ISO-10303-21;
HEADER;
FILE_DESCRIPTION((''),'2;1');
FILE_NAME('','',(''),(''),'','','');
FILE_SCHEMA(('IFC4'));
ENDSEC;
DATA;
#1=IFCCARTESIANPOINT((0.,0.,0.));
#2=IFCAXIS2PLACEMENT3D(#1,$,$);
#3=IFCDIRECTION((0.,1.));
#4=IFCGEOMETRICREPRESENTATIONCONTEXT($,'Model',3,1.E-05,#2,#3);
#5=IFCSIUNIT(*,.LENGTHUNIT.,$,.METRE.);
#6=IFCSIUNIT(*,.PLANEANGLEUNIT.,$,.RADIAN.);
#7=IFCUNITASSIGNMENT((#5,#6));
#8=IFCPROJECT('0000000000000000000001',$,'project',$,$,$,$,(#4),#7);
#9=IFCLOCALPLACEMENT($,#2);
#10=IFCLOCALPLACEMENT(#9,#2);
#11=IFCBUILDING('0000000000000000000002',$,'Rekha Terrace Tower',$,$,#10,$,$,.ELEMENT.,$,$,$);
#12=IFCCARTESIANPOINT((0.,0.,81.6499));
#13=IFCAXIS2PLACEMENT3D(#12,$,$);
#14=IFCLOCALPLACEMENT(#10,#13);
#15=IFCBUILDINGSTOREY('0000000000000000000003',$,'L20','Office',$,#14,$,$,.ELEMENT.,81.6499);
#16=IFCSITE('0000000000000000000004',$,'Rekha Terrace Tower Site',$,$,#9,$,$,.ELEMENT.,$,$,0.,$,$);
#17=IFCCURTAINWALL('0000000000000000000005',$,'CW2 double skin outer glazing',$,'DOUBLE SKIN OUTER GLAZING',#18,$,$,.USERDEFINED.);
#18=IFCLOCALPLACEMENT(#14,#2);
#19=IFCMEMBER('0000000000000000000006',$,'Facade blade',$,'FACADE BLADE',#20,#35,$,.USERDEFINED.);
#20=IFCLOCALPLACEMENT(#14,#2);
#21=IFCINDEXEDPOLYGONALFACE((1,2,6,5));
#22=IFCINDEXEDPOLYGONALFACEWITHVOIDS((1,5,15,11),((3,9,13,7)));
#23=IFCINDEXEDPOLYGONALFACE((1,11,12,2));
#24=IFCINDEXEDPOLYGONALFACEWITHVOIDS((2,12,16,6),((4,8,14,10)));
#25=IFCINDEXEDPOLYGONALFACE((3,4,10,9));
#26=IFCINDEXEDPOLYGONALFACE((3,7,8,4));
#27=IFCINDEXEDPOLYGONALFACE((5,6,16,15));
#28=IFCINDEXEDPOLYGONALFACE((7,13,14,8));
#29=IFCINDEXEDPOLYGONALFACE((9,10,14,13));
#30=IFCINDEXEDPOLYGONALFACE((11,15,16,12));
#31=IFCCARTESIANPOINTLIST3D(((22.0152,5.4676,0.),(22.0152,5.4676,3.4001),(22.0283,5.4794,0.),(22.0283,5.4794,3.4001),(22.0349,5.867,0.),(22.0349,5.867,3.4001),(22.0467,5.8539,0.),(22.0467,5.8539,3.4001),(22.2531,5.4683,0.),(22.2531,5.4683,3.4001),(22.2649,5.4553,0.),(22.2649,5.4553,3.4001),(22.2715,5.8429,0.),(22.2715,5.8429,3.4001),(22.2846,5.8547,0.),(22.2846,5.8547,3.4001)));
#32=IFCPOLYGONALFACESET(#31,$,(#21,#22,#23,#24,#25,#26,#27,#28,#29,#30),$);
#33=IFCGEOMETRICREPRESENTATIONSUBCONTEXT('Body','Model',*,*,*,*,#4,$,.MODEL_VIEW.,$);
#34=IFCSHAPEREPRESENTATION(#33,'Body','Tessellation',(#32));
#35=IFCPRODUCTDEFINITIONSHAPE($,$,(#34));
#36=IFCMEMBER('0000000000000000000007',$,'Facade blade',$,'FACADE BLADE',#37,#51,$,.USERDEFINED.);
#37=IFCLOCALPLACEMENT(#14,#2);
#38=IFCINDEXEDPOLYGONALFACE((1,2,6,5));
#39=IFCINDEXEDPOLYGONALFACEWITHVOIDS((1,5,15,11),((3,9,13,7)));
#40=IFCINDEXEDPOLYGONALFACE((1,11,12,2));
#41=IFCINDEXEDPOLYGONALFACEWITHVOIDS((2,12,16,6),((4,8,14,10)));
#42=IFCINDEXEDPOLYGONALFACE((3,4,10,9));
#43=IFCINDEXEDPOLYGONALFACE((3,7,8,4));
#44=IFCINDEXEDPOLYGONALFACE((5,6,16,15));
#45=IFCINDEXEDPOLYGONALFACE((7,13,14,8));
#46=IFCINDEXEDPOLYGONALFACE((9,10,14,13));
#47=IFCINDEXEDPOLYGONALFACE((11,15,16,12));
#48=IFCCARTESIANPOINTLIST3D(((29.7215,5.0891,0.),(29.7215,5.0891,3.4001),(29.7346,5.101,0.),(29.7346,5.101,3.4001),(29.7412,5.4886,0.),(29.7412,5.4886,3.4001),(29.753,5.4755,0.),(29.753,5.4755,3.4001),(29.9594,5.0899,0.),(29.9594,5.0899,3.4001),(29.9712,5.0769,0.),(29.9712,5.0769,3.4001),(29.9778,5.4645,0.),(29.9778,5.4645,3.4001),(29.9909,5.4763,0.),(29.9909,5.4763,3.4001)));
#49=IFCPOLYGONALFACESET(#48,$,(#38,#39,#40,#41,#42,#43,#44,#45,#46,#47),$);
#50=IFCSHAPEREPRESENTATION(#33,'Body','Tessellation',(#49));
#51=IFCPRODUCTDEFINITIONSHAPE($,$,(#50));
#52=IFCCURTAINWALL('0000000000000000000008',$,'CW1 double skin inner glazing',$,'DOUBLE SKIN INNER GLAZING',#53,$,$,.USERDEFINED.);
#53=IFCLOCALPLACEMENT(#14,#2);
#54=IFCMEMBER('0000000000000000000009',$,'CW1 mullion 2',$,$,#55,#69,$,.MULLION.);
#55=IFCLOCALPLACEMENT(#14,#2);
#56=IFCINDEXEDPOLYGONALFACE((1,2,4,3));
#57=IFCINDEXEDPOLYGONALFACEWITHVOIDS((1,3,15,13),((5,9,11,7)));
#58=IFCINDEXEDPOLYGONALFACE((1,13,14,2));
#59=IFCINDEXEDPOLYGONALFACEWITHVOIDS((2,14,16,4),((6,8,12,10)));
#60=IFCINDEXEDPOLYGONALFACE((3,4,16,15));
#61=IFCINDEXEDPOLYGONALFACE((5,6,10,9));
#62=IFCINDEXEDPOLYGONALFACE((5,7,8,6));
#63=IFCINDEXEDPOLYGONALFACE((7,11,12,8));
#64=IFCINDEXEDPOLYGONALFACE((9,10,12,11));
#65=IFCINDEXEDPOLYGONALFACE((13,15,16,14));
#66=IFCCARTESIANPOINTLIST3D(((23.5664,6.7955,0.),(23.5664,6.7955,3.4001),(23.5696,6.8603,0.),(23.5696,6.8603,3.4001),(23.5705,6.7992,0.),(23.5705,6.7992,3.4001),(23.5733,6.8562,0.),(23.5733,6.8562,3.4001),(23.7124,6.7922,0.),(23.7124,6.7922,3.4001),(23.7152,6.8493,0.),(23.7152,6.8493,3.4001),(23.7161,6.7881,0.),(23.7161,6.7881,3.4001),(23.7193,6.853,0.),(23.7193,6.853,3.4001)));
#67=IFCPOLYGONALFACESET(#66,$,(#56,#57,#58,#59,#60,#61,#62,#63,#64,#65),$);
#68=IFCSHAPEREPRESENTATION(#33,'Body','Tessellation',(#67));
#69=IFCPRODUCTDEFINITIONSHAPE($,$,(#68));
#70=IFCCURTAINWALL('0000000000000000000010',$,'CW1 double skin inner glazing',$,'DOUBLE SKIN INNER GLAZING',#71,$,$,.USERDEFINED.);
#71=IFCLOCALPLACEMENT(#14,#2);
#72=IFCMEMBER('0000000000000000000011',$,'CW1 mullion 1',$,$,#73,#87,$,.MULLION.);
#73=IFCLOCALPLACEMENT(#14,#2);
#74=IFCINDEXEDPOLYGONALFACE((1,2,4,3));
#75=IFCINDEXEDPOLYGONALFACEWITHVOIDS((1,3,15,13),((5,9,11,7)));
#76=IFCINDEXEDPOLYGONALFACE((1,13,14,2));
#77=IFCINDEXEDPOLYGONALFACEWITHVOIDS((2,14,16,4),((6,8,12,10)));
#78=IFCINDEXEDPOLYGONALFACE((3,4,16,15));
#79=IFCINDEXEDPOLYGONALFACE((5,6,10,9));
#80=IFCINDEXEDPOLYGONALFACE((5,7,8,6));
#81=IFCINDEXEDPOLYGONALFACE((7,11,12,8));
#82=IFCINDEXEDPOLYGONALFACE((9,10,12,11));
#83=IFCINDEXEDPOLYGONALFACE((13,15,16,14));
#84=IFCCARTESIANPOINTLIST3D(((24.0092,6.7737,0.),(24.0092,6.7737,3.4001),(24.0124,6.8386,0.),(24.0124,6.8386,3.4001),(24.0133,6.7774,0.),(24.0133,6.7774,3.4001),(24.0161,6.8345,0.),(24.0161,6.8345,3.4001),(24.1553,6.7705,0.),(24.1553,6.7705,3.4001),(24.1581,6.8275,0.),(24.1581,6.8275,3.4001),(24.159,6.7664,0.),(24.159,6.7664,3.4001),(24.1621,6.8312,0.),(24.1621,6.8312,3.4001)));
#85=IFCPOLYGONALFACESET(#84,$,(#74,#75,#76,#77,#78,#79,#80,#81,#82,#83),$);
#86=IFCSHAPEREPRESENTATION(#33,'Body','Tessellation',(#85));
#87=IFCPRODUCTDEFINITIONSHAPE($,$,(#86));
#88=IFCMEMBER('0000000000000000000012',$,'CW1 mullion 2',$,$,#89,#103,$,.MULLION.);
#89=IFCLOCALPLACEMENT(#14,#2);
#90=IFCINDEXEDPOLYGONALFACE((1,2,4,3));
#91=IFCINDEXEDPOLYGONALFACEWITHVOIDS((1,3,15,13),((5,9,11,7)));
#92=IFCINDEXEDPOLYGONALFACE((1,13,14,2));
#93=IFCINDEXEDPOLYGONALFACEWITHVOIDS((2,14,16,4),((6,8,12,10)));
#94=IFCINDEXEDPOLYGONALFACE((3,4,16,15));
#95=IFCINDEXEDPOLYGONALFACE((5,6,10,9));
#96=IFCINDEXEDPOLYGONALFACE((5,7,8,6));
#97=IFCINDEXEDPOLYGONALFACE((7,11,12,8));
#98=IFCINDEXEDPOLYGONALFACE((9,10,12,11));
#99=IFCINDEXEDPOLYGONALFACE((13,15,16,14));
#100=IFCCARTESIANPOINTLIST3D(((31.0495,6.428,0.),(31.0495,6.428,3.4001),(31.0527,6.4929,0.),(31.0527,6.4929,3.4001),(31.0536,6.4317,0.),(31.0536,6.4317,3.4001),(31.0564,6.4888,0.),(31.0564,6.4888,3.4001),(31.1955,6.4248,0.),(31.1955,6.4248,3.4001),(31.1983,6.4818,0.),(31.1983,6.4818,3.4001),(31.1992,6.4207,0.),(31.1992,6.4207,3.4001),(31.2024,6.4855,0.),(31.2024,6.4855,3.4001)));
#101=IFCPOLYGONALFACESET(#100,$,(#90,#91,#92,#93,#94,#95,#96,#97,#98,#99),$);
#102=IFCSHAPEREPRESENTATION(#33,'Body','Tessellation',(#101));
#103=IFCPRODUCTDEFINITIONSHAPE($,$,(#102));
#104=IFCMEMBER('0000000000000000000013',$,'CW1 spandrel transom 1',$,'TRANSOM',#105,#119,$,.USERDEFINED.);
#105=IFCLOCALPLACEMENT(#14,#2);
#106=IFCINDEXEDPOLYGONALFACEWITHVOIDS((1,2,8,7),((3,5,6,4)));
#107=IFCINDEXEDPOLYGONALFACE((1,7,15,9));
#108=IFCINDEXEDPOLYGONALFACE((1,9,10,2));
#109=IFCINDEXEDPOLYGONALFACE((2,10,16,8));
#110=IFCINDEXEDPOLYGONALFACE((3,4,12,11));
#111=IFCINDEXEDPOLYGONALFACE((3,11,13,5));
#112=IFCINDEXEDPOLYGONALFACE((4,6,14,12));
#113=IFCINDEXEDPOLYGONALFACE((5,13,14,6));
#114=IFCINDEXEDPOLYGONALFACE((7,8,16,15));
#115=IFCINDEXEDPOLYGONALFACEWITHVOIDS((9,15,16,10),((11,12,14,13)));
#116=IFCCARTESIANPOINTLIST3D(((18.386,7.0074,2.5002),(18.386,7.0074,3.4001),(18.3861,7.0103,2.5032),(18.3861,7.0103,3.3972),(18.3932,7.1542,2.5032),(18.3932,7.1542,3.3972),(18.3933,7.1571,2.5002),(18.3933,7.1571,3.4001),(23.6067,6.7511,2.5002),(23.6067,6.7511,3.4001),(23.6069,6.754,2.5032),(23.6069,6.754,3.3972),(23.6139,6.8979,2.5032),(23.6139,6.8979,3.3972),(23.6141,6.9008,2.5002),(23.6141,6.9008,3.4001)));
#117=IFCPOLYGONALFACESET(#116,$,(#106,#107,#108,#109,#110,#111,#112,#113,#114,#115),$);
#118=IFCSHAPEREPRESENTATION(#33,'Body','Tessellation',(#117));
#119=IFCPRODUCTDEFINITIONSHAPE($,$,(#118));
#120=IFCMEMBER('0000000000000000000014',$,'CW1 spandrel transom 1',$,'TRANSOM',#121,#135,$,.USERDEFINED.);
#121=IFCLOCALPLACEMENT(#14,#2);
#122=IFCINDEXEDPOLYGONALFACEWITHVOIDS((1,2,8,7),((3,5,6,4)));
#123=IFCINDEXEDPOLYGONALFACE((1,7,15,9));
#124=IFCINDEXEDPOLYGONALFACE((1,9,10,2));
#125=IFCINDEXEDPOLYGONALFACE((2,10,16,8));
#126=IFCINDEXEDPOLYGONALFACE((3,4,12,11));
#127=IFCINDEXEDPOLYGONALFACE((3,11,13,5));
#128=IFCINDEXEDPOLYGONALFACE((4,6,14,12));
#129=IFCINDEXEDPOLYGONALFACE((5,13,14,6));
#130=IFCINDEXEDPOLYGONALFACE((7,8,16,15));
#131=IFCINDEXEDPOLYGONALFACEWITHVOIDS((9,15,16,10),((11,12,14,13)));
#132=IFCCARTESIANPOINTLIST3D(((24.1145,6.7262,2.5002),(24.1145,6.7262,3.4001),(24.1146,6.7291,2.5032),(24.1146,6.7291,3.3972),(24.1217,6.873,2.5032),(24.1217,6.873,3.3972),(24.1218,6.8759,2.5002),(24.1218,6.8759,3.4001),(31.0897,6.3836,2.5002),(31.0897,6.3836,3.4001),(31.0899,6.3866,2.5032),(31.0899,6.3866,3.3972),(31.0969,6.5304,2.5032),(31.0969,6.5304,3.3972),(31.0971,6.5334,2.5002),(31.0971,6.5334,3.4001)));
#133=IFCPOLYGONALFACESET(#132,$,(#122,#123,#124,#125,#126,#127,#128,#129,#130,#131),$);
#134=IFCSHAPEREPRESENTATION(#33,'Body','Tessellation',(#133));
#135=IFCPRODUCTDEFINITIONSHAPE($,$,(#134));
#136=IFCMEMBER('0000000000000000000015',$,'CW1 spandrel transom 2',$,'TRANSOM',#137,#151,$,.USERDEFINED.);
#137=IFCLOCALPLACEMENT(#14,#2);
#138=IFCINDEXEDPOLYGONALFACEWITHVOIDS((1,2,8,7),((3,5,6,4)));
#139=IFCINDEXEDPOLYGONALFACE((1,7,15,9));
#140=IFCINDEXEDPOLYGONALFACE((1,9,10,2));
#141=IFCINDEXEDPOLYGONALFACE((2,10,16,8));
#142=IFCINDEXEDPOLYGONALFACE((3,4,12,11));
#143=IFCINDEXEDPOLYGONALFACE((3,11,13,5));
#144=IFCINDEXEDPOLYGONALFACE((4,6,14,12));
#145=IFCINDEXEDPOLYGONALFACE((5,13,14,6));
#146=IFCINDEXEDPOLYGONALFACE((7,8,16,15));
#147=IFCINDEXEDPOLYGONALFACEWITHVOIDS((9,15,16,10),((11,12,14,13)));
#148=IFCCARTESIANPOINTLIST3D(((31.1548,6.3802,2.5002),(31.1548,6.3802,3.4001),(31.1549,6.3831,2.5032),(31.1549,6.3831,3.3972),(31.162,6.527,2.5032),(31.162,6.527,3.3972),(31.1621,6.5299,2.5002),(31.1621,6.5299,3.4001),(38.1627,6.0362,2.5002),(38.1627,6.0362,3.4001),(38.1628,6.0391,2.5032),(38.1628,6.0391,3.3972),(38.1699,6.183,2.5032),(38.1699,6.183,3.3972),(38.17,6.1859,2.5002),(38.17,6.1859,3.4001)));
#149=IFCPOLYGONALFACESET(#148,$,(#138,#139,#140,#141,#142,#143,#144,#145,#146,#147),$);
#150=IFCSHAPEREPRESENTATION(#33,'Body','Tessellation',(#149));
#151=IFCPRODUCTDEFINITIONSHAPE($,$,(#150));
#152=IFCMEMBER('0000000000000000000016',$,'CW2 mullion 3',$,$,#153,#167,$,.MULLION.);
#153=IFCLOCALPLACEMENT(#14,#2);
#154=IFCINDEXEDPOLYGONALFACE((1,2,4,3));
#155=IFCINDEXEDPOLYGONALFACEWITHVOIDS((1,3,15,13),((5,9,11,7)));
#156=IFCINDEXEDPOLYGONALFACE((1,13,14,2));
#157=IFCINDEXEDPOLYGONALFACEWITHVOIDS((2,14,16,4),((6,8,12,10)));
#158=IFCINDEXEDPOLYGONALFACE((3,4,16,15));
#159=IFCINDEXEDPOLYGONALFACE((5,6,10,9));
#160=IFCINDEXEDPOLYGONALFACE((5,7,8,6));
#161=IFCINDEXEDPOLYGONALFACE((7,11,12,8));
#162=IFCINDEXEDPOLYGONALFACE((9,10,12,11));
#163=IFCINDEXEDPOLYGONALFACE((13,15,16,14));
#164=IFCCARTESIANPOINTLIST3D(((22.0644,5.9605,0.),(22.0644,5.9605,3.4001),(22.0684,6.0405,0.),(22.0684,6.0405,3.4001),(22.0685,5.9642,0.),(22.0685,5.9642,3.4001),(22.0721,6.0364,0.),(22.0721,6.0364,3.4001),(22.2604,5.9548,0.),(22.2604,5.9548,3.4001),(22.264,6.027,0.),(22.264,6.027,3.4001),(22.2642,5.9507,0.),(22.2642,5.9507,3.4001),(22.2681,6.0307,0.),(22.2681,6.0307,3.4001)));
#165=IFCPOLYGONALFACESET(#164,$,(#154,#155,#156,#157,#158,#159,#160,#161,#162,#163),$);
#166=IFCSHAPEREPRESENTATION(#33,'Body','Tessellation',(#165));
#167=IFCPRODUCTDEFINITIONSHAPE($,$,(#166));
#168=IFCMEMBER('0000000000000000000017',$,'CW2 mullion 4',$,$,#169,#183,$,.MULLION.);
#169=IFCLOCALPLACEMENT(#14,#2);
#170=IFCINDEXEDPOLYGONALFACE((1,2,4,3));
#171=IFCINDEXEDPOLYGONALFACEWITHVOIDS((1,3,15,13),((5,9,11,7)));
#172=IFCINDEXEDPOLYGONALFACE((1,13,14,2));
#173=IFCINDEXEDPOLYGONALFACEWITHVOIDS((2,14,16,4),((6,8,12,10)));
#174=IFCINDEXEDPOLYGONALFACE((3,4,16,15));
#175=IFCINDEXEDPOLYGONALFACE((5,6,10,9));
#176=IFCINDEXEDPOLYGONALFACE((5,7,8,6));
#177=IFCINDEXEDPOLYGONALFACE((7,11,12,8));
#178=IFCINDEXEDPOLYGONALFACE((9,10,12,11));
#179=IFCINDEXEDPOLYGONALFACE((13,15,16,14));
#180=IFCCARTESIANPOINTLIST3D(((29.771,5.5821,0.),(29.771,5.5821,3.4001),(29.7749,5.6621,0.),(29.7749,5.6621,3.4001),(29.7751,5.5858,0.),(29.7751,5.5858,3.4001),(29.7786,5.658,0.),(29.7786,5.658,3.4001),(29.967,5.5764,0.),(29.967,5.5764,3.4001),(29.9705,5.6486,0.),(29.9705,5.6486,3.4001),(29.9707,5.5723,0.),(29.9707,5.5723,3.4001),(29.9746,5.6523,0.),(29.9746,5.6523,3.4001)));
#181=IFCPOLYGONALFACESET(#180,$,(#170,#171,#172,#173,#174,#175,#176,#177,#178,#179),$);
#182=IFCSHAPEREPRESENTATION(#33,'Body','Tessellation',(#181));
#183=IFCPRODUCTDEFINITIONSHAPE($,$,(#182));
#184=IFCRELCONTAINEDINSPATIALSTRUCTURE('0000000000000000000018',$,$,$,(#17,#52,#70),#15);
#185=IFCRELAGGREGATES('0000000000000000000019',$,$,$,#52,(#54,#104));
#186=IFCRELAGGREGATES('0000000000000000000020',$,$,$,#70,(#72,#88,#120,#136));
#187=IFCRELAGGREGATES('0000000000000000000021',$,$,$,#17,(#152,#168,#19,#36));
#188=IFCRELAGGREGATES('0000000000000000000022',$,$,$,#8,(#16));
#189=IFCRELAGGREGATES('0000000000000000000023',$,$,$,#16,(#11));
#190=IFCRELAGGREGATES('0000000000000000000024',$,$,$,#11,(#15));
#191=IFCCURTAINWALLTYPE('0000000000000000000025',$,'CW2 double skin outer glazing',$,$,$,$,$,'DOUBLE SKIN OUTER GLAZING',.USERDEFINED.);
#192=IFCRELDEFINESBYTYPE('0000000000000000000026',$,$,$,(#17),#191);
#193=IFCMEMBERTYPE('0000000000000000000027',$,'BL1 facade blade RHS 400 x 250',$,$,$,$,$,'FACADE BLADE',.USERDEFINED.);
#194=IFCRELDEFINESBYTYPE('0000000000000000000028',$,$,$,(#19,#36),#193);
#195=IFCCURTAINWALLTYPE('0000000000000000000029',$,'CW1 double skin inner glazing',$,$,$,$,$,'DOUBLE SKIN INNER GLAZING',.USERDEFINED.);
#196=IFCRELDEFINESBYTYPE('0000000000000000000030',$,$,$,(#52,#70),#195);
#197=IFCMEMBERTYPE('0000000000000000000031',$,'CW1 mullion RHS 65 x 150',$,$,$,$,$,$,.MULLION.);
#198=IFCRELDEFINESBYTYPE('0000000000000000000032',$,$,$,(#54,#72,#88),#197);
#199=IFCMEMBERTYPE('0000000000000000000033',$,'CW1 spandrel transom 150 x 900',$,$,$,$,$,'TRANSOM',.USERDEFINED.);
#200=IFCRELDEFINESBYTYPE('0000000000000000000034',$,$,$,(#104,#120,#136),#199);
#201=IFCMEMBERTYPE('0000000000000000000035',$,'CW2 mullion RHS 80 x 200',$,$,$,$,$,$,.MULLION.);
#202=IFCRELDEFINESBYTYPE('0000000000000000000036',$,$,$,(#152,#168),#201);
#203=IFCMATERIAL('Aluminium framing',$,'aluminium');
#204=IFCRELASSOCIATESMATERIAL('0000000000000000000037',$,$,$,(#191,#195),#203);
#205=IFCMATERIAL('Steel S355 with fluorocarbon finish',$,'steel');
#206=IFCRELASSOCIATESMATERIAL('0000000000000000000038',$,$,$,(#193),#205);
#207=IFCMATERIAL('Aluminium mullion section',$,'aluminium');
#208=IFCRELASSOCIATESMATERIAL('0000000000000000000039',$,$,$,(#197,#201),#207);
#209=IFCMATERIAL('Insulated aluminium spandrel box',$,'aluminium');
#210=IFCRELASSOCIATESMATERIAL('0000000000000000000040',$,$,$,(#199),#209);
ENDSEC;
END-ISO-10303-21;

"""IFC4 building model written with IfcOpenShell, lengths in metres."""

from ifc_helpers import new_model, si_unit, direction, frame, origin, origin_2d, place, context, subcontext, project, spatial, hollow_rectangle, extrude, material, material_profile, profile_set, type_object, element, aggregate, save


model = new_model("IFC4")

# Units and contexts
model_context = context("Model", 3, precision=1e-05, world=origin(), true_north=direction((0.0, 1.0)))
body_context = subcontext(model_context, "Body", "Model", "MODEL_VIEW")
ifc_project = project(units=[si_unit("LENGTHUNIT", "METRE"), si_unit("PLANEANGLEUNIT", "RADIAN")], contexts=[model_context])

# Site, building, storey
site_placement = place(None, origin())
site = spatial("IfcSite", under=ifc_project, at=site_placement, Name="Rekha Terrace Tower Site", CompositionType="ELEMENT", RefElevation=0.0)
building_placement = place(site_placement, origin())
building = spatial("IfcBuilding", under=site, at=building_placement, Name="Rekha Terrace Tower", CompositionType="ELEMENT")
storey_placement = place(building_placement, frame((0.0, 0.0, 81.6499)))
storey = spatial("IfcBuildingStorey", under=building, at=storey_placement, Name="L20", Description="Office", CompositionType="ELEMENT", Elevation=81.6499)

# Curtain wall, members
ifc_material_1 = material(Name="Aluminium framing", Category="aluminium")
curtain_wall_type_1 = type_object("IfcCurtainWallType", Name="CW2 double skin outer glazing", ElementType="DOUBLE SKIN OUTER GLAZING", PredefinedType="USERDEFINED", material=ifc_material_1)
curtain_wall_1_placement = place(storey_placement, origin())
curtain_wall_1 = element("IfcCurtainWall", 1, at=curtain_wall_1_placement, inside=storey, type_object=curtain_wall_type_1, Name="CW2 double skin outer glazing", ObjectType="DOUBLE SKIN OUTER GLAZING", PredefinedType="USERDEFINED")
ifc_material_2 = material(Name="Steel S355 with fluorocarbon finish", Category="steel")
ifc_material_profile_1 = material_profile(ifc_material_2, hollow_rectangle(XDim=0.25, YDim=0.3999, WallThickness=0.0125, at=origin_2d()), Name="RHS400x250x12.5")
ifc_profile_set_1 = profile_set([ifc_material_profile_1], Name="Steel S355 with fluorocarbon finish")
member_type_1 = type_object("IfcMemberType", Name="BL1 facade blade RHS 400 x 250", ElementType="FACADE BLADE", PredefinedType="USERDEFINED", material=ifc_profile_set_1)
member_1_placement = place(storey_placement, frame((22.1499, 5.6611, 0.0), z_axis=(0.0, 0.0, 1.0), x_axis=(0.998796, -0.049052, 0.0)))
member_1 = element("IfcMember", 2, at=member_1_placement, type_object=member_type_1, Name="Facade blade", ObjectType="FACADE BLADE", PredefinedType="USERDEFINED", context=body_context, shape_type="SweptSolid", body=[
    extrude(hollow_rectangle(XDim=0.25, YDim=0.3999, WallThickness=0.0125, at=origin_2d()), origin(), (0.0, 0.0, 1.0), 3.4001),
])
member_2_placement = place(storey_placement, frame((29.8562, 5.2827, 0.0), z_axis=(0.0, 0.0, 1.0), x_axis=(0.998796, -0.049052, 0.0)))
member_2 = element("IfcMember", 3, at=member_2_placement, type_object=member_type_1, Name="Facade blade", ObjectType="FACADE BLADE", PredefinedType="USERDEFINED", context=body_context, shape_type="SweptSolid", body=[
    extrude(hollow_rectangle(XDim=0.25, YDim=0.3999, WallThickness=0.0125, at=origin_2d()), origin(), (0.0, 0.0, 1.0), 3.4001),
])

# Curtain wall, member
curtain_wall_type_2 = type_object("IfcCurtainWallType", Name="CW1 double skin inner glazing", ElementType="DOUBLE SKIN INNER GLAZING", PredefinedType="USERDEFINED", material=ifc_material_1)
curtain_wall_2_placement = place(storey_placement, origin())
curtain_wall_2 = element("IfcCurtainWall", 4, at=curtain_wall_2_placement, inside=storey, type_object=curtain_wall_type_2, Name="CW1 double skin inner glazing", ObjectType="DOUBLE SKIN INNER GLAZING", PredefinedType="USERDEFINED")
ifc_material_3 = material(Name="Aluminium mullion section", Category="aluminium")
ifc_material_profile_2 = material_profile(ifc_material_3, hollow_rectangle(XDim=0.0649, YDim=0.1499, WallThickness=0.0039, at=origin_2d()), Name="AL RHS 65x150")
ifc_profile_set_2 = profile_set([ifc_material_profile_2], Name="Aluminium mullion section")
member_type_2 = type_object("IfcMemberType", Name="CW1 mullion RHS 65 x 150", PredefinedType="MULLION", material=ifc_profile_set_2)
member_3_placement = place(storey_placement, frame((23.6428, 6.8242, 0.0), z_axis=(0.0, 0.0, 1.0), x_axis=(0.049052, 0.998796, 0.0)))
member_3 = element("IfcMember", 5, at=member_3_placement, type_object=member_type_2, Name="CW1 mullion 2", PredefinedType="MULLION", context=body_context, shape_type="SweptSolid", body=[
    extrude(hollow_rectangle(XDim=0.0649, YDim=0.1499, WallThickness=0.0039, at=origin_2d()), origin(), (0.0, 0.0, 1.0), 3.4001),
])

# Curtain wall, members
curtain_wall_3_placement = place(storey_placement, origin())
curtain_wall_3 = element("IfcCurtainWall", 6, at=curtain_wall_3_placement, inside=storey, type_object=curtain_wall_type_2, Name="CW1 double skin inner glazing", ObjectType="DOUBLE SKIN INNER GLAZING", PredefinedType="USERDEFINED")
member_4_placement = place(storey_placement, frame((24.0857, 6.8025, 0.0), z_axis=(0.0, 0.0, 1.0), x_axis=(0.049052, 0.998796, 0.0)))
member_4 = element("IfcMember", 7, at=member_4_placement, type_object=member_type_2, Name="CW1 mullion 1", PredefinedType="MULLION", context=body_context, shape_type="SweptSolid", body=[
    extrude(hollow_rectangle(XDim=0.0649, YDim=0.1499, WallThickness=0.0039, at=origin_2d()), origin(), (0.0, 0.0, 1.0), 3.4001),
])
member_5_placement = place(storey_placement, frame((31.126, 6.4568, 0.0), z_axis=(0.0, 0.0, 1.0), x_axis=(0.049052, 0.998796, 0.0)))
member_5 = element("IfcMember", 8, at=member_5_placement, type_object=member_type_2, Name="CW1 mullion 2", PredefinedType="MULLION", context=body_context, shape_type="SweptSolid", body=[
    extrude(hollow_rectangle(XDim=0.0649, YDim=0.1499, WallThickness=0.0039, at=origin_2d()), origin(), (0.0, 0.0, 1.0), 3.4001),
])

# Members
ifc_material_4 = material(Name="Insulated aluminium spandrel box", Category="aluminium")
ifc_material_profile_3 = material_profile(ifc_material_4, hollow_rectangle(XDim=0.1499, YDim=0.8999, WallThickness=0.0029, at=origin_2d()), Name="AL SPANDREL BOX 150x900")
ifc_profile_set_3 = profile_set([ifc_material_profile_3], Name="Insulated aluminium spandrel box")
member_type_3 = type_object("IfcMemberType", Name="CW1 spandrel transom 150 x 900", ElementType="TRANSOM", PredefinedType="USERDEFINED", material=ifc_profile_set_3)
member_6_placement = place(storey_placement, frame((18.3896, 7.0823, 2.9502), z_axis=(0.998797, -0.049043, 0.0), x_axis=(0.049043, 0.998797, 0.0)))
member_6 = element("IfcMember", 9, at=member_6_placement, type_object=member_type_3, Name="CW1 spandrel transom 1", ObjectType="TRANSOM", PredefinedType="USERDEFINED", context=body_context, shape_type="SweptSolid", body=[
    extrude(hollow_rectangle(XDim=0.1499, YDim=0.8999, WallThickness=0.0029, at=origin_2d()), origin(), (0.0, 0.0, 1.0), 5.2271),
])
member_7_placement = place(storey_placement, frame((24.1182, 6.801, 2.9502), z_axis=(0.998796, -0.049047, 0.0), x_axis=(0.049047, 0.998796, 0.0)))
member_7 = element("IfcMember", 10, at=member_7_placement, type_object=member_type_3, Name="CW1 spandrel transom 1", ObjectType="TRANSOM", PredefinedType="USERDEFINED", context=body_context, shape_type="SweptSolid", body=[
    extrude(hollow_rectangle(XDim=0.1499, YDim=0.8999, WallThickness=0.0029, at=origin_2d()), origin(), (0.0, 0.0, 1.0), 6.9836),
])
member_8_placement = place(storey_placement, frame((31.1584, 6.4551, 2.9502), z_axis=(0.998797, -0.049028, 0.0), x_axis=(0.049028, 0.998797, 0.0)))
member_8 = element("IfcMember", 11, at=member_8_placement, type_object=member_type_3, Name="CW1 spandrel transom 2", ObjectType="TRANSOM", PredefinedType="USERDEFINED", context=body_context, shape_type="SweptSolid", body=[
    extrude(hollow_rectangle(XDim=0.1499, YDim=0.8999, WallThickness=0.0029, at=origin_2d()), origin(), (0.0, 0.0, 1.0), 7.0164),
])
ifc_material_profile_4 = material_profile(ifc_material_3, hollow_rectangle(XDim=0.0801, YDim=0.2, WallThickness=0.0039, at=origin_2d()), Name="AL RHS 80x200")
ifc_profile_set_4 = profile_set([ifc_material_profile_4], Name="Aluminium mullion section")
member_type_4 = type_object("IfcMemberType", Name="CW2 mullion RHS 80 x 200", PredefinedType="MULLION", material=ifc_profile_set_4)
member_9_placement = place(storey_placement, frame((22.1663, 5.9956, 0.0), z_axis=(0.0, 0.0, 1.0), x_axis=(0.049052, 0.998796, 0.0)))
member_9 = element("IfcMember", 12, at=member_9_placement, type_object=member_type_4, Name="CW2 mullion 3", PredefinedType="MULLION", context=body_context, shape_type="SweptSolid", body=[
    extrude(hollow_rectangle(XDim=0.0801, YDim=0.2, WallThickness=0.0039, at=origin_2d()), origin(), (0.0, 0.0, 1.0), 3.4001),
])
member_10_placement = place(storey_placement, frame((29.8728, 5.6172, 0.0), z_axis=(0.0, 0.0, 1.0), x_axis=(0.049052, 0.998796, 0.0)))
member_10 = element("IfcMember", 13, at=member_10_placement, type_object=member_type_4, Name="CW2 mullion 4", PredefinedType="MULLION", context=body_context, shape_type="SweptSolid", body=[
    extrude(hollow_rectangle(XDim=0.0801, YDim=0.2, WallThickness=0.0039, at=origin_2d()), origin(), (0.0, 0.0, 1.0), 3.4001),
])

aggregate(curtain_wall_2, [member_3, member_6])
aggregate(curtain_wall_3, [member_4, member_5, member_7, member_8])
aggregate(curtain_wall_1, [member_9, member_10, member_1, member_2])

save(model, "model.ifc")
